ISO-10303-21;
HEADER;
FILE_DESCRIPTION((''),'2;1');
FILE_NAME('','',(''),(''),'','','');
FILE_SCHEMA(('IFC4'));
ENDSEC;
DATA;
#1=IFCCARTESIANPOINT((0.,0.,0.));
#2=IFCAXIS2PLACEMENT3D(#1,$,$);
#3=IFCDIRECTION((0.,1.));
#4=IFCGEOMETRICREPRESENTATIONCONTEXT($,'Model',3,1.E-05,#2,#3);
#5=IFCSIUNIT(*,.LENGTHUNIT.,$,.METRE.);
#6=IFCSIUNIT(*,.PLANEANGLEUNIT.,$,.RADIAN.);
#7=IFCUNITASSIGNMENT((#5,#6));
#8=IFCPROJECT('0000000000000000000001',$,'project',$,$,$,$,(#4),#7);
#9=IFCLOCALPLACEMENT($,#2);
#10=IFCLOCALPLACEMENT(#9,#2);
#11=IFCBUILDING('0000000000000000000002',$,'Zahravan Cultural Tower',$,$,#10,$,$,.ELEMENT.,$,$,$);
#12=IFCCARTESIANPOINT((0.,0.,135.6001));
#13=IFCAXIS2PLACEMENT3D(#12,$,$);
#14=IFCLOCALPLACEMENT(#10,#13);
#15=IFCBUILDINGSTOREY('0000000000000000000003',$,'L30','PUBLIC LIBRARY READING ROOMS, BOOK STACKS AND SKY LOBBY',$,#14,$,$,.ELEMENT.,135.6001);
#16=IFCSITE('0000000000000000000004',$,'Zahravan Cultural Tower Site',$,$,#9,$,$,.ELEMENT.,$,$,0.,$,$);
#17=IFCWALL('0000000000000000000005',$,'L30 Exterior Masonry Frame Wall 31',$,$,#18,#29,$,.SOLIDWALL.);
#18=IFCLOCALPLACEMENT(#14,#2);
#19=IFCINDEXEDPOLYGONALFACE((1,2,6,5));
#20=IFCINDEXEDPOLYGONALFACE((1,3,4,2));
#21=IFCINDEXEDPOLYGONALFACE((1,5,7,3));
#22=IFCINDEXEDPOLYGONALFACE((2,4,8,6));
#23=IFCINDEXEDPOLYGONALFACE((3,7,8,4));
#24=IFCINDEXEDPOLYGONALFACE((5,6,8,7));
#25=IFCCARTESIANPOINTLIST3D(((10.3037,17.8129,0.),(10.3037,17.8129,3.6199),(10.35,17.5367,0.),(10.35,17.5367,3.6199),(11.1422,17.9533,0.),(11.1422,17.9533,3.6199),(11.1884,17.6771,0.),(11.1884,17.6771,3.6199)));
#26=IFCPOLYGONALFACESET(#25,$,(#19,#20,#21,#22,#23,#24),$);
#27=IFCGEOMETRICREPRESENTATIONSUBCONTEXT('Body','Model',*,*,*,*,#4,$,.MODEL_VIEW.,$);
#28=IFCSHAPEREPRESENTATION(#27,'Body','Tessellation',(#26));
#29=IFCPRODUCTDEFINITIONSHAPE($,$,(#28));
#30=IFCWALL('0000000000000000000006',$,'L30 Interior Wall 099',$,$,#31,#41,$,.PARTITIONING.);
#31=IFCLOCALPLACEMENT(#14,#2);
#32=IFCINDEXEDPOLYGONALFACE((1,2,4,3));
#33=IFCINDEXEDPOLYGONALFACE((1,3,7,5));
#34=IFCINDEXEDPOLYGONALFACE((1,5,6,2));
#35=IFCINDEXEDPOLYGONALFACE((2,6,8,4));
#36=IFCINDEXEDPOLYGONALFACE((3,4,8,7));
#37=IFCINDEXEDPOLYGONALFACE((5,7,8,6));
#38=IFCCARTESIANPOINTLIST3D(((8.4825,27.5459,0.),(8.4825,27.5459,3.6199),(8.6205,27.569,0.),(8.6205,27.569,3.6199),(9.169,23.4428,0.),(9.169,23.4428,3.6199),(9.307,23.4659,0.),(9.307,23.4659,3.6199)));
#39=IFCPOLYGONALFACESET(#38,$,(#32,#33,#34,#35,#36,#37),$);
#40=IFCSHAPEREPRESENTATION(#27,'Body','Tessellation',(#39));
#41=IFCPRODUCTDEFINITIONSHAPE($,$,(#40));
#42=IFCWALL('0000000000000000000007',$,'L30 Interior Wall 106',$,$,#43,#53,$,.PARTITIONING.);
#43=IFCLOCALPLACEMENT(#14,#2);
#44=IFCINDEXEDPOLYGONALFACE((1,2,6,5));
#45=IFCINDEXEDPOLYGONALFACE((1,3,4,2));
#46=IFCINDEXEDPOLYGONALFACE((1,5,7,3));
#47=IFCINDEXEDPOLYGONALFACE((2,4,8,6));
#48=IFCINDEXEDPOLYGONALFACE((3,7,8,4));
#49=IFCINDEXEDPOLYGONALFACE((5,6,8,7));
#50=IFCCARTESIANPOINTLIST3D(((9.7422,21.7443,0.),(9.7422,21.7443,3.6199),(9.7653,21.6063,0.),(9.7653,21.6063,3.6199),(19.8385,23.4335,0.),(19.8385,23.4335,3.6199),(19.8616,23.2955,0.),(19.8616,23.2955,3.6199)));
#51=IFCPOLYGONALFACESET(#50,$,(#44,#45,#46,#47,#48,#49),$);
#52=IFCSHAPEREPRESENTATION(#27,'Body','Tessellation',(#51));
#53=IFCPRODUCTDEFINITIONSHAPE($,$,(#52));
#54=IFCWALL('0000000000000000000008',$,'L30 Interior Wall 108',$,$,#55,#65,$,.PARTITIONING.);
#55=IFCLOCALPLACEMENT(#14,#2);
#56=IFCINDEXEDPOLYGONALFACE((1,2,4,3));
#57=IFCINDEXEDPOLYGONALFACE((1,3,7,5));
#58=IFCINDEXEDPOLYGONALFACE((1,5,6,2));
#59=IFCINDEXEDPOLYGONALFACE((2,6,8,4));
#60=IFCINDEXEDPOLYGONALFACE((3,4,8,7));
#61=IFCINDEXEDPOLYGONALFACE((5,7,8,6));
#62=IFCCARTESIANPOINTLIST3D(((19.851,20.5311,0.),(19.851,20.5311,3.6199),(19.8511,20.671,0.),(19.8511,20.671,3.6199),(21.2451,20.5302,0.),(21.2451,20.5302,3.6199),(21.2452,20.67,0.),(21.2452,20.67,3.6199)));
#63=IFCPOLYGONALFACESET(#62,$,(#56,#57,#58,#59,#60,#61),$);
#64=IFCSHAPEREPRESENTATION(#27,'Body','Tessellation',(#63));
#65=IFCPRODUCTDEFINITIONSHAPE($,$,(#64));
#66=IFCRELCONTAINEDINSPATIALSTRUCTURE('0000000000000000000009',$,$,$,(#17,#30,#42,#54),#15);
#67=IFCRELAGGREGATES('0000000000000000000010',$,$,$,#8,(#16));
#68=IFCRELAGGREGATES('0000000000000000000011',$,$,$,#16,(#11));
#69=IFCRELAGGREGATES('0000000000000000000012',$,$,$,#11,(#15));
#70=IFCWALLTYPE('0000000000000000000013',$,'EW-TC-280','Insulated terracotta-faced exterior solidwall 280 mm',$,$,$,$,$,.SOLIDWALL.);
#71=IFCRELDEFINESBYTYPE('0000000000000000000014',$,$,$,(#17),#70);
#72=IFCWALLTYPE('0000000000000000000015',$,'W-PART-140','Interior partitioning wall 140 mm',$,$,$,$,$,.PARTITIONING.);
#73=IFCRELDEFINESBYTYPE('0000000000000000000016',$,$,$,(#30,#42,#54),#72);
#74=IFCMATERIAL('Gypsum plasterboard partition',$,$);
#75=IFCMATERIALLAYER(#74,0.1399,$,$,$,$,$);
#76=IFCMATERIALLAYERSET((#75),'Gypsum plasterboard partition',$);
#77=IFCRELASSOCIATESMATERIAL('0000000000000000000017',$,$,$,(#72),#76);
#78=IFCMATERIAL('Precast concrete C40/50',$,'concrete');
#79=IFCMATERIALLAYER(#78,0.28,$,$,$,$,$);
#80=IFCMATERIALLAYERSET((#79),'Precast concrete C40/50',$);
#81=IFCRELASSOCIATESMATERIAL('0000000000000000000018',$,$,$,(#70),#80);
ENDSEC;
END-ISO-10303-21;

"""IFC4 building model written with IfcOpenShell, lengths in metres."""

from ifc_helpers import new_model, si_unit, direction, frame, frame_2d, origin, place, context, subcontext, project, spatial, rectangle, extrude, source, transform, mapped, material, layer, layer_set, type_object, element, save


model = new_model("IFC4")

# Units and contexts
model_context = context("Model", 3, precision=1e-05, world=origin(), true_north=direction((0.0, 1.0)))
body_context = subcontext(model_context, "Body", "Model", "MODEL_VIEW")
ifc_project = project(units=[si_unit("LENGTHUNIT", "METRE"), si_unit("PLANEANGLEUNIT", "RADIAN")], contexts=[model_context])

# Site, building, storey
site_placement = place(None, origin())
site = spatial("IfcSite", under=ifc_project, at=site_placement, Name="Zahravan Cultural Tower Site", CompositionType="ELEMENT", RefElevation=0.0)
building_placement = place(site_placement, origin())
building = spatial("IfcBuilding", under=site, at=building_placement, Name="Zahravan Cultural Tower", CompositionType="ELEMENT")
storey_placement = place(building_placement, frame((0.0, 0.0, 135.6001)))
storey = spatial("IfcBuildingStorey", under=building, at=storey_placement, Name="L30", Description="PUBLIC LIBRARY READING ROOMS, BOOK STACKS AND SKY LOBBY", CompositionType="ELEMENT", Elevation=135.6001)

# Shared definitions
ifc_material_1 = material(Name="Gypsum plasterboard partition")
ifc_layer_1 = layer(ifc_material_1, 0.1399)
ifc_layer_set_1 = layer_set([ifc_layer_1], Name="Gypsum plasterboard partition")
wall_type_1 = type_object("IfcWallType", Name="W-PART-140", Description="Interior partitioning wall 140 mm", PredefinedType="PARTITIONING", material=ifc_layer_set_1)

# Walls
ifc_material_2 = material(Name="Precast concrete C40/50", Category="concrete")
ifc_layer_2 = layer(ifc_material_2, 0.28)
ifc_layer_set_2 = layer_set([ifc_layer_2], Name="Precast concrete C40/50")
wall_type_2 = type_object("IfcWallType", Name="EW-TC-280", Description="Insulated terracotta-faced exterior solidwall 280 mm", PredefinedType="SOLIDWALL", material=ifc_layer_set_2)
shared_shape_1 = source(origin(), body_context, "Body", "SweptSolid", [
    extrude(rectangle(XDim=0.8501, YDim=0.28, at=frame_2d((0.425, 0.0))), origin(), (0.0, 0.0, 1.0), 3.6199),
])
wall_1_placement = place(storey_placement, frame((11.1653, 17.8152, 0.0), z_axis=(0.0, 0.0, 1.0), x_axis=(-0.986269, -0.165144, 0.0)))
element("IfcWall", 1, at=wall_1_placement, inside=storey, type_object=wall_type_2, Name="L30 Exterior Masonry Frame Wall 31", PredefinedType="SOLIDWALL", context=body_context, shape_type="MappedRepresentation", body=[
    mapped(shared_shape_1, transform((0.0, 0.0, 0.0), x_axis=(1.0, 0.0, 0.0), y_axis=(0.0, 1.0, 0.0), z_axis=(0.0, 0.0, 1.0), scale=1.0)),
])
shared_shape_2 = source(origin(), body_context, "Body", "SweptSolid", [
    extrude(rectangle(XDim=4.1602, YDim=0.1399, at=frame_2d((2.0801, 0.0))), origin(), (0.0, 0.0, 1.0), 3.6199),
])
wall_2_placement = place(storey_placement, frame((9.238, 23.4543, 0.0), z_axis=(0.0, 0.0, 1.0), x_axis=(-0.165027, 0.986289, 0.0)))
element("IfcWall", 2, at=wall_2_placement, inside=storey, type_object=wall_type_1, Name="L30 Interior Wall 099", PredefinedType="PARTITIONING", context=body_context, shape_type="MappedRepresentation", body=[
    mapped(shared_shape_2, transform((0.0, 0.0, 0.0), x_axis=(1.0, 0.0, 0.0), y_axis=(0.0, 1.0, 0.0), z_axis=(0.0, 0.0, 1.0), scale=1.0)),
])
shared_shape_3 = source(origin(), body_context, "Body", "SweptSolid", [
    extrude(rectangle(XDim=10.2366, YDim=0.1399, at=frame_2d((5.1182, 0.0))), origin(), (0.0, 0.0, 1.0), 3.6199),
])
wall_3_placement = place(storey_placement, frame((9.7539, 21.6753, 0.0), z_axis=(0.0, 0.0, 1.0), x_axis=(0.986291, 0.165018, 0.0)))
element("IfcWall", 3, at=wall_3_placement, inside=storey, type_object=wall_type_1, Name="L30 Interior Wall 106", PredefinedType="PARTITIONING", context=body_context, shape_type="MappedRepresentation", body=[
    mapped(shared_shape_3, transform((0.0, 0.0, 0.0), x_axis=(1.0, 0.0, 0.0), y_axis=(0.0, 1.0, 0.0), z_axis=(0.0, 0.0, 1.0), scale=1.0)),
])
shared_shape_4 = source(origin(), body_context, "Body", "SweptSolid", [
    extrude(rectangle(XDim=1.394, YDim=0.1399, at=frame_2d((0.697, 0.0))), origin(), (0.0, 0.0, 1.0), 3.6199),
])
wall_4_placement = place(storey_placement, frame((19.8511, 20.6011, 0.0), z_axis=(0.0, 0.0, 1.0), x_axis=(1.0, -0.000701, 0.0)))
element("IfcWall", 4, at=wall_4_placement, inside=storey, type_object=wall_type_1, Name="L30 Interior Wall 108", PredefinedType="PARTITIONING", context=body_context, shape_type="MappedRepresentation", body=[
    mapped(shared_shape_4, transform((0.0, 0.0, 0.0), x_axis=(1.0, 0.0, 0.0), y_axis=(0.0, 1.0, 0.0), z_axis=(0.0, 0.0, 1.0), scale=1.0)),
])

save(model, "model.ifc")
